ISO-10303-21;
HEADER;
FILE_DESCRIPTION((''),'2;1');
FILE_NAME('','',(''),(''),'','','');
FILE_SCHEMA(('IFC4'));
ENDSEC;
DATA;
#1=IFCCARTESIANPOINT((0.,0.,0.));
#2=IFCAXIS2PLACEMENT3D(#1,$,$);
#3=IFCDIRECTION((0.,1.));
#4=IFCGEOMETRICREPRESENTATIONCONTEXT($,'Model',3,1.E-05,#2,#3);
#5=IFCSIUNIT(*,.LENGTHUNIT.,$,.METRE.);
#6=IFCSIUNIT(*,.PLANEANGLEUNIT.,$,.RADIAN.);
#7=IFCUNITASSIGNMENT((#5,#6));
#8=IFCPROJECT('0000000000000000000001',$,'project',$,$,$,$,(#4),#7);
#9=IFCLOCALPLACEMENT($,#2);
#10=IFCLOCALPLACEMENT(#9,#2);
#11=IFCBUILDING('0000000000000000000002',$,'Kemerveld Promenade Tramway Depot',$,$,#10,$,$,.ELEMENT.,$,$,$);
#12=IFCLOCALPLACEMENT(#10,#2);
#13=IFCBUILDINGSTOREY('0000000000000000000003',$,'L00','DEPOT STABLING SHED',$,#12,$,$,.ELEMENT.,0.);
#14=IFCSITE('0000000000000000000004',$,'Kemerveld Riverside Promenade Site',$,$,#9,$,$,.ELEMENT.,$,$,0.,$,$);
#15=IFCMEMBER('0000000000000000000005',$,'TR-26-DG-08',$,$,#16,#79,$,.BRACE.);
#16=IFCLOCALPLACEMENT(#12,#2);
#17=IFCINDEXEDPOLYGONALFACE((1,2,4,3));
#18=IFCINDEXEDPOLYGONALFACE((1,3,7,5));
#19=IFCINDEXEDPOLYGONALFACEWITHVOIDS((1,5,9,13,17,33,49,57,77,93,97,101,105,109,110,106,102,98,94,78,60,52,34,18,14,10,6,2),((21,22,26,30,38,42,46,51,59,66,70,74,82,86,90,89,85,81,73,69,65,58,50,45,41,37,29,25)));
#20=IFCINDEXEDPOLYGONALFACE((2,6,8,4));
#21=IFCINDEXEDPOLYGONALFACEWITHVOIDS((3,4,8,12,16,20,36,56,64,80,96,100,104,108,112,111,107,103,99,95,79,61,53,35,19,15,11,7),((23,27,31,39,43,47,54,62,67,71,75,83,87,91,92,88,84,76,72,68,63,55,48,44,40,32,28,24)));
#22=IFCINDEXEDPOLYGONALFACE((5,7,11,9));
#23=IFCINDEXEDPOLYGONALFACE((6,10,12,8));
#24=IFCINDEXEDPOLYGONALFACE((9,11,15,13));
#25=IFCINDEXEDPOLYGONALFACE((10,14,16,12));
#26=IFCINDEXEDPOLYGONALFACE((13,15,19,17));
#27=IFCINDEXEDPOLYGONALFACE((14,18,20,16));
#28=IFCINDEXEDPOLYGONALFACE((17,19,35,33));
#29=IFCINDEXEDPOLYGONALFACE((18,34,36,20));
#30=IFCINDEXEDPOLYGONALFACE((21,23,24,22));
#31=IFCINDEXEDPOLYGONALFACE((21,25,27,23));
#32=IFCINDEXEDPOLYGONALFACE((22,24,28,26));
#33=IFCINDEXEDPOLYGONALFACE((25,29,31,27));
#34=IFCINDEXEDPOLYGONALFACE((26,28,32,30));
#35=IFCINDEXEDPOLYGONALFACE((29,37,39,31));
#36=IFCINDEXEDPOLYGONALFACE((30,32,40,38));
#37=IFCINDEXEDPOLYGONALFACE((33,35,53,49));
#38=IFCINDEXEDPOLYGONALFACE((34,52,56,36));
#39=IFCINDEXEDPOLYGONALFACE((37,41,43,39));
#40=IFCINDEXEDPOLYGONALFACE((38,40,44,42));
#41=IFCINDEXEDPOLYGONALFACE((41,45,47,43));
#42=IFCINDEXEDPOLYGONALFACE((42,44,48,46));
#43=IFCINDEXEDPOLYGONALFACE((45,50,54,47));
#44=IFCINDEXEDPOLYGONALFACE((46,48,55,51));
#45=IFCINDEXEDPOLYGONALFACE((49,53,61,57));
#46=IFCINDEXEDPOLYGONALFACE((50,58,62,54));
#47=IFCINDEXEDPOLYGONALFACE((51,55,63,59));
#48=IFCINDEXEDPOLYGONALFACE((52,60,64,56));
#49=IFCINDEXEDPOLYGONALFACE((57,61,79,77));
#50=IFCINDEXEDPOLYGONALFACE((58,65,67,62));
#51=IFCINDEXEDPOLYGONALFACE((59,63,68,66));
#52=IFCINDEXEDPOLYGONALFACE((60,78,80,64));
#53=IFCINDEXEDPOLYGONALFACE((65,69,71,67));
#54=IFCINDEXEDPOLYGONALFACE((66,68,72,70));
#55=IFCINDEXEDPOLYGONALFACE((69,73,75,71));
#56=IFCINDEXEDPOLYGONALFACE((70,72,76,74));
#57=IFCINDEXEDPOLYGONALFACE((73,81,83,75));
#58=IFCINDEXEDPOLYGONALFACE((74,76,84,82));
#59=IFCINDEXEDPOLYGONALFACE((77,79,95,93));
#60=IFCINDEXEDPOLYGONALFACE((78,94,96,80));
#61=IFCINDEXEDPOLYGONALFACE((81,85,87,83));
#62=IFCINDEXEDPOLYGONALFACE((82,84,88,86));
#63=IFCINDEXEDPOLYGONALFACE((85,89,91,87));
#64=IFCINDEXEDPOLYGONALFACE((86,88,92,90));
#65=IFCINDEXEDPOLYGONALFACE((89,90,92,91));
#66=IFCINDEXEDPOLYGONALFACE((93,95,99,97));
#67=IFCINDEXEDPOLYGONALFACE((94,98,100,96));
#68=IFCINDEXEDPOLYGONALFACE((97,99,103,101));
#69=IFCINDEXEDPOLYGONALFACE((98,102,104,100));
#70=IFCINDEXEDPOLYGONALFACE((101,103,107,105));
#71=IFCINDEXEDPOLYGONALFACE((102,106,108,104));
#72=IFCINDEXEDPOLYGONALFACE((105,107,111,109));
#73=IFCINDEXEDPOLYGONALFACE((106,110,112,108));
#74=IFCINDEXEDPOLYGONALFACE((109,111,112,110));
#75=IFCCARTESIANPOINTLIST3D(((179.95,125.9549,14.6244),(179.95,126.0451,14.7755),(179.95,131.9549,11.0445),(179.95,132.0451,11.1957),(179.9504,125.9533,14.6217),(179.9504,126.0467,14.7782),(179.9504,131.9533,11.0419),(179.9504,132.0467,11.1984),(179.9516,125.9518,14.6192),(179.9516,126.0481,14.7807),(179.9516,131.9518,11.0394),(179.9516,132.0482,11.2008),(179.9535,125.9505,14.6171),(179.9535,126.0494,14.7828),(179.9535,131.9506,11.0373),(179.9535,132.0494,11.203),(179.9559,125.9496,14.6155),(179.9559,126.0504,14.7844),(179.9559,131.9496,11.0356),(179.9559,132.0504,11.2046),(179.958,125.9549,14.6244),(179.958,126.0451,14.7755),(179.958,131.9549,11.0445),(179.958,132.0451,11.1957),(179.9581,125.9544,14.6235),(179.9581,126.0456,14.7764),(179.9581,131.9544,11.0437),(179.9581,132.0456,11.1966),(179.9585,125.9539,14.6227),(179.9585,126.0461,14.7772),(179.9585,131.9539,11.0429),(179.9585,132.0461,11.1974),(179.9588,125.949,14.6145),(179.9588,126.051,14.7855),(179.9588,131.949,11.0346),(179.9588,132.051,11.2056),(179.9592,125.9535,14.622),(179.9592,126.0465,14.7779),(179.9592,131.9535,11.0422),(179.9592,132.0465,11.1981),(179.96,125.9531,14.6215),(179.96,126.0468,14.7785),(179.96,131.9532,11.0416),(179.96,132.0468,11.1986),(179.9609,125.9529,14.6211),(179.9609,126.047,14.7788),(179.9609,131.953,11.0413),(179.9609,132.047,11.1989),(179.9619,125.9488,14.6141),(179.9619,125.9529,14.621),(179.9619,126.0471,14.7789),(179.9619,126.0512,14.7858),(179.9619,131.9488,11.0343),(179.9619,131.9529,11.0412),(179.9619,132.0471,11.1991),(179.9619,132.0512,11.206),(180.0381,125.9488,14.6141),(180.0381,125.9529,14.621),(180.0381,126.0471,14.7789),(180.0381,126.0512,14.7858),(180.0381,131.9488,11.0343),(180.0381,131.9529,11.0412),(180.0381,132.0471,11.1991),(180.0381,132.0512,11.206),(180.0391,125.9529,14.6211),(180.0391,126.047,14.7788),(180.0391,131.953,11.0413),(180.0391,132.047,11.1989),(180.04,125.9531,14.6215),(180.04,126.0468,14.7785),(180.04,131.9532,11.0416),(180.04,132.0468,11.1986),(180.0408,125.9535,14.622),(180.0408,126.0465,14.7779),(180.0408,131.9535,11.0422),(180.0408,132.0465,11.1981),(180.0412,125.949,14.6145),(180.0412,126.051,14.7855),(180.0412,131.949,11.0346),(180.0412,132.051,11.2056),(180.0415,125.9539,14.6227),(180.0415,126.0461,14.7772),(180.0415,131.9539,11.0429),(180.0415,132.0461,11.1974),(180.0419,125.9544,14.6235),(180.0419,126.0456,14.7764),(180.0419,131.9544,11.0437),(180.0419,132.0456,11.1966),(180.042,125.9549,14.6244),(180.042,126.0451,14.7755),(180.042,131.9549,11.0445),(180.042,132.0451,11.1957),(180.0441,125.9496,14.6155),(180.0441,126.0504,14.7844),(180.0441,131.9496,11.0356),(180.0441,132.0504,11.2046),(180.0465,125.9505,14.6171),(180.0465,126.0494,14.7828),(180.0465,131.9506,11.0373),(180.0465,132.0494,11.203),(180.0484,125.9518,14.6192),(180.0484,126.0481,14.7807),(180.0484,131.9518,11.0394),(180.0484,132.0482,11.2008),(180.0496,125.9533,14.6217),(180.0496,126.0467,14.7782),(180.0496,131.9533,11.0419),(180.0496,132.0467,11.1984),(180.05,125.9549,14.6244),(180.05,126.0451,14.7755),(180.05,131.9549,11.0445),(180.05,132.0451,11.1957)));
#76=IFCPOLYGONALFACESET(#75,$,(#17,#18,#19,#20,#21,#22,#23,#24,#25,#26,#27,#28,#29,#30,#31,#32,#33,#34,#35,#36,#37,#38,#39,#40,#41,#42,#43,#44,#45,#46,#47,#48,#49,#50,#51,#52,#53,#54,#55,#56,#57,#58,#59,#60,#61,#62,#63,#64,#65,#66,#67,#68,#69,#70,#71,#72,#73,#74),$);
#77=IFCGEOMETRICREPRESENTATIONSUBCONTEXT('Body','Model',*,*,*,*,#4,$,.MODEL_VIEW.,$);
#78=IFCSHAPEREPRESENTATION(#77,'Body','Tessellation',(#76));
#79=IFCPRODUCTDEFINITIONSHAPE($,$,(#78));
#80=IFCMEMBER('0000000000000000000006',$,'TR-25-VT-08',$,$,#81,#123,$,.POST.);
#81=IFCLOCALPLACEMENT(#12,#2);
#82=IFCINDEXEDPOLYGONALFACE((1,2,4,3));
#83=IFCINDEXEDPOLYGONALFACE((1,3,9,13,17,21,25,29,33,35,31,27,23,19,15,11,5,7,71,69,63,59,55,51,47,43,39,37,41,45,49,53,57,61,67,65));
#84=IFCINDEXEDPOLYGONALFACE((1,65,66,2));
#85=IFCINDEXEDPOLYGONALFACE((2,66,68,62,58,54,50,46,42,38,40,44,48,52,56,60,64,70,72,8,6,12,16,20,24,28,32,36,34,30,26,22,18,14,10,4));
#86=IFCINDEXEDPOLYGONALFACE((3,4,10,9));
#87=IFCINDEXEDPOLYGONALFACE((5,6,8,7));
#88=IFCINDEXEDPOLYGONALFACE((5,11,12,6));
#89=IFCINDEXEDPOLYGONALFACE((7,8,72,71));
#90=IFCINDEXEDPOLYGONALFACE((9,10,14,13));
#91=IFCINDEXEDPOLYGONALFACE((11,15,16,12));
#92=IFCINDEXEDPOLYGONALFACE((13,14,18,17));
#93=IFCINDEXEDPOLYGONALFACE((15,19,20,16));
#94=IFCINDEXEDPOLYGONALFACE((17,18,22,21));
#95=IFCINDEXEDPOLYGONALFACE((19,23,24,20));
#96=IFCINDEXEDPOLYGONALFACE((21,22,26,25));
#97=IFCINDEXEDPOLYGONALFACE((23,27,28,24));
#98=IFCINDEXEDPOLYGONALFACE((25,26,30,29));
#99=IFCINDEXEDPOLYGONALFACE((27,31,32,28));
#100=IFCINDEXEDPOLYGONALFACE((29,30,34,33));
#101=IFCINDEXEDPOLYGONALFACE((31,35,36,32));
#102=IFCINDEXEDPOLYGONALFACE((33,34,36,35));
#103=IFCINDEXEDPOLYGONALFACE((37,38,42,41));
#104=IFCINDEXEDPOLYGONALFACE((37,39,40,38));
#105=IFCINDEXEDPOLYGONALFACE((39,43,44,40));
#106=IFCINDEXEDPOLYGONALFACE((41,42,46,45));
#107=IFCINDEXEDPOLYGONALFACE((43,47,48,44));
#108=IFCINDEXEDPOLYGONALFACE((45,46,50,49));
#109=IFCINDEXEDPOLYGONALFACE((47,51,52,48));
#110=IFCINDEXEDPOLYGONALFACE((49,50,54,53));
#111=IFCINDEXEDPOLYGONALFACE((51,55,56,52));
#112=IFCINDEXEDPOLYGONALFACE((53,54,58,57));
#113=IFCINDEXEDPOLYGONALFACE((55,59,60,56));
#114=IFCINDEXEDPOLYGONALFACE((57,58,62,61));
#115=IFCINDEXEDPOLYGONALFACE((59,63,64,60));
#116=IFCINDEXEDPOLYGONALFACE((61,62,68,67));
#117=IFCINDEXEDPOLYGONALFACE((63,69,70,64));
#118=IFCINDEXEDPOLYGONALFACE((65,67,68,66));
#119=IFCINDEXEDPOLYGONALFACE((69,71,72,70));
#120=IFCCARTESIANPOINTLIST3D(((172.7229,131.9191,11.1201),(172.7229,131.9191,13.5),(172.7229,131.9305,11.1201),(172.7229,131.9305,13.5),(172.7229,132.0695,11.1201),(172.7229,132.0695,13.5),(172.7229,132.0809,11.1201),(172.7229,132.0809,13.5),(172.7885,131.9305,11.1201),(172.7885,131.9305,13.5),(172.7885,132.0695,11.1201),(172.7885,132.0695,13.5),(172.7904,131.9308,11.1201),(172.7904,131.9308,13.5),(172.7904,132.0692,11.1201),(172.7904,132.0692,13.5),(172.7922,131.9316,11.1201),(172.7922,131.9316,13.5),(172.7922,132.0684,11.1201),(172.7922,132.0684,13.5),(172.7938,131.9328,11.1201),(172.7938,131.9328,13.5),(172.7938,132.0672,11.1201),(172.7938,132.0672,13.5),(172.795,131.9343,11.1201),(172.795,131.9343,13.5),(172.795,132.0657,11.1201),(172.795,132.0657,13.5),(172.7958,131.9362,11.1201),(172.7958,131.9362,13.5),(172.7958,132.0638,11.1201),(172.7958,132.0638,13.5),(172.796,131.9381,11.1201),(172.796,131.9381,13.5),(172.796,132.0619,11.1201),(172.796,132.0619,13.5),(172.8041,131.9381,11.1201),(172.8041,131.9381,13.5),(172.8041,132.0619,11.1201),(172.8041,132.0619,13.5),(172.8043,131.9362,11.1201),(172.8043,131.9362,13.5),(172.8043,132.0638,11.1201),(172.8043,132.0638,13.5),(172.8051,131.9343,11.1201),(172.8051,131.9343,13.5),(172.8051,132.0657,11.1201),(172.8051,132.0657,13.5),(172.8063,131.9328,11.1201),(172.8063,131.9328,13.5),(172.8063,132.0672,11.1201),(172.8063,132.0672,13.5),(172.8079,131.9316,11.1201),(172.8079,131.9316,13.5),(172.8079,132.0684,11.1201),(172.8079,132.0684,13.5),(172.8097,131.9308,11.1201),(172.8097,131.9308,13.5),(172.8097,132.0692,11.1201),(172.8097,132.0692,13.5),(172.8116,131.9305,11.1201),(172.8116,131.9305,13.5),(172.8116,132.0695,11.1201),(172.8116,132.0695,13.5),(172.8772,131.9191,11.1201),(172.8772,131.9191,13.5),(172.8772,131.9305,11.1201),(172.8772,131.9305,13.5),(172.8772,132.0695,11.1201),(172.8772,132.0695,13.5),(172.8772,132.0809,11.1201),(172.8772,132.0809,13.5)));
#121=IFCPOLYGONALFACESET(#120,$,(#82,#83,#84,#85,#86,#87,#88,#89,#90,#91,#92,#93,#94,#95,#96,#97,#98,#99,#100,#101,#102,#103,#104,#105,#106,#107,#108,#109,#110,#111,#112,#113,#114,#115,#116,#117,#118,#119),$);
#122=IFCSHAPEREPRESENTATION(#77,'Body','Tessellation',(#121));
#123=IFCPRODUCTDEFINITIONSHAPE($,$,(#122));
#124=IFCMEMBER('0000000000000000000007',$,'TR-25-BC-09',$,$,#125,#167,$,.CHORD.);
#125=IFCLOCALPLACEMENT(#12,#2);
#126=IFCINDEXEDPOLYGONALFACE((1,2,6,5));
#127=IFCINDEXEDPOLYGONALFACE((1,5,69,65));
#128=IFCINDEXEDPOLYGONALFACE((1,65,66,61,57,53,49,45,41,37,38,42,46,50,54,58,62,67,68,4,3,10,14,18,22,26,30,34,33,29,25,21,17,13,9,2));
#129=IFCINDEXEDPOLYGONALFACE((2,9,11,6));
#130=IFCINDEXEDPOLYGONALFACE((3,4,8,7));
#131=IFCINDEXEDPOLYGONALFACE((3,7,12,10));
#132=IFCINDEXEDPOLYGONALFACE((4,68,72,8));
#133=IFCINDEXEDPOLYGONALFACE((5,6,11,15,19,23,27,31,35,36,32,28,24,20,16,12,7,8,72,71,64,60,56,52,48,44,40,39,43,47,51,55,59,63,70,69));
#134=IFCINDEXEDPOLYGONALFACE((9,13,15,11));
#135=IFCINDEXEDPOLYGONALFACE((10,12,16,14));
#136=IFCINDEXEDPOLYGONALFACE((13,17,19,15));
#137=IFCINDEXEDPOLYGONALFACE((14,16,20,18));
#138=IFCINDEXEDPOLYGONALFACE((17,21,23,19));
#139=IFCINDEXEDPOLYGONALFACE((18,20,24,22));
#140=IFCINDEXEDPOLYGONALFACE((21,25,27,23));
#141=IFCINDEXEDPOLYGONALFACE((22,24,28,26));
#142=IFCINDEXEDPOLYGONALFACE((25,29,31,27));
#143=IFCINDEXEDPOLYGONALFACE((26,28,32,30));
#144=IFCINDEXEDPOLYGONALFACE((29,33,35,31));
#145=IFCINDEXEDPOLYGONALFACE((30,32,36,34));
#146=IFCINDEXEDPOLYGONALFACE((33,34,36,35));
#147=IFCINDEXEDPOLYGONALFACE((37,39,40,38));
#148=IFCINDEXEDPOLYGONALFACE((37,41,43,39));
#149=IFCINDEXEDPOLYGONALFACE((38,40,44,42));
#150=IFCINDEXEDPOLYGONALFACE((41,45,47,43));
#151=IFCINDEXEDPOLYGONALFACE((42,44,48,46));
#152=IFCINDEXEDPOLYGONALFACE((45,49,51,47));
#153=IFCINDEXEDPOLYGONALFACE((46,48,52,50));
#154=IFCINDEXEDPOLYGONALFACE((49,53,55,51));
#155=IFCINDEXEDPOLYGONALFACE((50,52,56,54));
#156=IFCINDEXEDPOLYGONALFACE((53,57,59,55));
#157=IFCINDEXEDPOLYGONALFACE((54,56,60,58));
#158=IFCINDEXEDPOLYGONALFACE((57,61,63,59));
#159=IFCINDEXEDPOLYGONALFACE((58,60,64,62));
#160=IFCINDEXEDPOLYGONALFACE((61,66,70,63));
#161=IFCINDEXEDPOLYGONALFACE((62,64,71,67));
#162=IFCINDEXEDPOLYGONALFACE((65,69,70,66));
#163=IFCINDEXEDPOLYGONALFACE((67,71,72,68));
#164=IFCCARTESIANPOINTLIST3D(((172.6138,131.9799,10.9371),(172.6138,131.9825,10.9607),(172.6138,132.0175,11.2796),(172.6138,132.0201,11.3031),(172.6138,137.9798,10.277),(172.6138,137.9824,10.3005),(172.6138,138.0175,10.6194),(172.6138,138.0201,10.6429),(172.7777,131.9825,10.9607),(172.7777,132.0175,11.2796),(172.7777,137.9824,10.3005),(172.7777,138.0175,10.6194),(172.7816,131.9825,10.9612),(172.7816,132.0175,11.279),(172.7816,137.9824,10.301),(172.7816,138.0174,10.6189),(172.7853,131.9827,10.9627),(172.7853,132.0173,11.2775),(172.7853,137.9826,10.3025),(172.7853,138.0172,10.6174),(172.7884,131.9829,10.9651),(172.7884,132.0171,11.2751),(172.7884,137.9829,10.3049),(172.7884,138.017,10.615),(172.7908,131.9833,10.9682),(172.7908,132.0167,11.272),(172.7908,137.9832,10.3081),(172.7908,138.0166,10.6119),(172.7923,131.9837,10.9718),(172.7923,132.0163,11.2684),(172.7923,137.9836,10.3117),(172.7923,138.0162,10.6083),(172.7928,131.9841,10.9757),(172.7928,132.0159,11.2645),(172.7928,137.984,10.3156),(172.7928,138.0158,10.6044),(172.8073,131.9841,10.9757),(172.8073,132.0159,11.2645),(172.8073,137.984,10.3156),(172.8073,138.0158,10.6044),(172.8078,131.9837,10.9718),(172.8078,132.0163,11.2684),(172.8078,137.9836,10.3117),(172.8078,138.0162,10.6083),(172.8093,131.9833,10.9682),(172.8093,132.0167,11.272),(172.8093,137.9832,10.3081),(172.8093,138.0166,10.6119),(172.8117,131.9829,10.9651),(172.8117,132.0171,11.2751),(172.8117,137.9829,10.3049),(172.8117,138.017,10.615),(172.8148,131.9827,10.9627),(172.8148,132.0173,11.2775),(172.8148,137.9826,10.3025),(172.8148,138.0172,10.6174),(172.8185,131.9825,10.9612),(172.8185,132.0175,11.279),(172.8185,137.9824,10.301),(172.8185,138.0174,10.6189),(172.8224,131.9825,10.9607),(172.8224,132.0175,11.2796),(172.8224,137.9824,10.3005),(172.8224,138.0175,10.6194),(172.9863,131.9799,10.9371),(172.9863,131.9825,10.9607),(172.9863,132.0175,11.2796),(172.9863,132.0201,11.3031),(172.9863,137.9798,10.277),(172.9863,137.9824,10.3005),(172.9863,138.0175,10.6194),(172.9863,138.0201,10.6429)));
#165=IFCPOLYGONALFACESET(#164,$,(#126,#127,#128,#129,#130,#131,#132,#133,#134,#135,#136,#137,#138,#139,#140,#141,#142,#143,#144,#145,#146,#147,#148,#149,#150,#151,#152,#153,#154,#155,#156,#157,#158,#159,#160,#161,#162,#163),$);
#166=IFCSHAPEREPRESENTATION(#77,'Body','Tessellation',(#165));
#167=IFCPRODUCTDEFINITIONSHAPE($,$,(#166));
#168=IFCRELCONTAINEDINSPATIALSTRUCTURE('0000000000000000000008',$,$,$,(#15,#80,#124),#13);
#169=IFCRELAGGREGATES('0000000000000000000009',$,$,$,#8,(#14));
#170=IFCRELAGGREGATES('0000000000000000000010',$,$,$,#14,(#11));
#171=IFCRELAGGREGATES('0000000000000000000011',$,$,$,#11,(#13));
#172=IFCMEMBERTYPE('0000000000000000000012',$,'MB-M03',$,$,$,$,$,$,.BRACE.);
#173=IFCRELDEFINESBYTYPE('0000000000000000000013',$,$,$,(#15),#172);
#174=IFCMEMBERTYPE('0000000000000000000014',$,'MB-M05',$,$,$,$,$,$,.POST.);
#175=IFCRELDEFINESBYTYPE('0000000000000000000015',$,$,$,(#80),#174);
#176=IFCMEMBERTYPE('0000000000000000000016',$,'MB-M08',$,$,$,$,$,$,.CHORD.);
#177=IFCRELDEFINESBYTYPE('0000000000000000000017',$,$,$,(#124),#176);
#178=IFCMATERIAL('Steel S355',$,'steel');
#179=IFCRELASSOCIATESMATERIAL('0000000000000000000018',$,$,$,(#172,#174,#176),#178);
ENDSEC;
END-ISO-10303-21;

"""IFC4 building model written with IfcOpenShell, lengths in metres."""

from ifc_helpers import new_model, si_unit, direction, frame, origin, origin_2d, place, context, subcontext, project, spatial, hollow_rectangle, i_section, extrude, material, material_profile, profile_set, type_object, element, save


model = new_model("IFC4")

# Units and contexts
model_context = context("Model", 3, precision=1e-05, world=origin(), true_north=direction((0.0, 1.0)))
body_context = subcontext(model_context, "Body", "Model", "MODEL_VIEW")
ifc_project = project(units=[si_unit("LENGTHUNIT", "METRE"), si_unit("PLANEANGLEUNIT", "RADIAN")], contexts=[model_context])

# Site, building, storey
site_placement = place(None, origin())
site = spatial("IfcSite", under=ifc_project, at=site_placement, Name="Kemerveld Riverside Promenade Site", CompositionType="ELEMENT", RefElevation=0.0)
building_placement = place(site_placement, origin())
building = spatial("IfcBuilding", under=site, at=building_placement, Name="Kemerveld Promenade Tramway Depot", CompositionType="ELEMENT")
storey_placement = place(building_placement, origin())
storey = spatial("IfcBuildingStorey", under=building, at=storey_placement, Name="L00", Description="DEPOT STABLING SHED", CompositionType="ELEMENT", Elevation=0.0)

# Shared definitions
ifc_material_1 = material(Name="Steel S355", Category="steel")

# Members
ifc_material_profile_1 = material_profile(ifc_material_1, hollow_rectangle(XDim=0.1001, YDim=0.2, WallThickness=0.0081, InnerFilletRadius=0.0039, OuterFilletRadius=0.012, at=origin_2d()), Name="200x100x8.0 RHS")
ifc_profile_set_1 = profile_set([ifc_material_profile_1], Name="Steel S355")
member_type_1 = type_object("IfcMemberType", Name="MB-M03", PredefinedType="BRACE", material=ifc_profile_set_1)
member_1_placement = place(storey_placement, frame((180.0, 132.0, 11.1201), z_axis=(0.0, -0.858764, 0.512372), x_axis=(1.0, 0.0, 0.0)))
element("IfcMember", 1, at=member_1_placement, inside=storey, type_object=member_type_1, Name="TR-26-DG-08", PredefinedType="BRACE", context=body_context, shape_type="SweptSolid", body=[
    extrude(hollow_rectangle(XDim=0.1001, YDim=0.2, WallThickness=0.0081, InnerFilletRadius=0.0039, OuterFilletRadius=0.012, at=origin_2d()), origin(), (0.0, 0.0, 1.0), 6.9868),
])
ifc_material_profile_2 = material_profile(ifc_material_1, i_section(OverallWidth=0.1543, OverallDepth=0.1619, WebThickness=0.0081, FlangeThickness=0.0115, FilletRadius=0.0076, at=origin_2d()), Name="152x152x37 UC")
ifc_profile_set_2 = profile_set([ifc_material_profile_2], Name="Steel S355")
member_type_2 = type_object("IfcMemberType", Name="MB-M05", PredefinedType="POST", material=ifc_profile_set_2)
member_2_placement = place(storey_placement, frame((172.8, 132.0, 11.1201), z_axis=(0.0, 0.0, 1.0), x_axis=(1.0, 0.0, 0.0)))
element("IfcMember", 2, at=member_2_placement, inside=storey, type_object=member_type_2, Name="TR-25-VT-08", PredefinedType="POST", context=body_context, shape_type="SweptSolid", body=[
    extrude(i_section(OverallWidth=0.1543, OverallDepth=0.1619, WebThickness=0.0081, FlangeThickness=0.0115, FilletRadius=0.0076, at=origin_2d()), origin(), (0.0, 0.0, 1.0), 2.3799),
])
ifc_material_profile_3 = material_profile(ifc_material_1, i_section(OverallWidth=0.3726, OverallDepth=0.3682, WebThickness=0.0144, FlangeThickness=0.0237, FilletRadius=0.0151, at=origin_2d()), Name="356x368x177 UC")
ifc_profile_set_3 = profile_set([ifc_material_profile_3], Name="Steel S355")
member_type_3 = type_object("IfcMemberType", Name="MB-M08", PredefinedType="CHORD", material=ifc_profile_set_3)
member_3_placement = place(storey_placement, frame((172.8, 132.0, 11.1201), z_axis=(0.0, 0.994002, -0.109366), x_axis=(-1.0, 0.0, 0.0)))
element("IfcMember", 3, at=member_3_placement, inside=storey, type_object=member_type_3, Name="TR-25-BC-09", PredefinedType="CHORD", context=body_context, shape_type="SweptSolid", body=[
    extrude(i_section(OverallWidth=0.3726, OverallDepth=0.3682, WebThickness=0.0144, FlangeThickness=0.0237, FilletRadius=0.0151, at=origin_2d()), origin(), (0.0, 0.0, 1.0), 6.0361),
])

save(model, "model.ifc")
